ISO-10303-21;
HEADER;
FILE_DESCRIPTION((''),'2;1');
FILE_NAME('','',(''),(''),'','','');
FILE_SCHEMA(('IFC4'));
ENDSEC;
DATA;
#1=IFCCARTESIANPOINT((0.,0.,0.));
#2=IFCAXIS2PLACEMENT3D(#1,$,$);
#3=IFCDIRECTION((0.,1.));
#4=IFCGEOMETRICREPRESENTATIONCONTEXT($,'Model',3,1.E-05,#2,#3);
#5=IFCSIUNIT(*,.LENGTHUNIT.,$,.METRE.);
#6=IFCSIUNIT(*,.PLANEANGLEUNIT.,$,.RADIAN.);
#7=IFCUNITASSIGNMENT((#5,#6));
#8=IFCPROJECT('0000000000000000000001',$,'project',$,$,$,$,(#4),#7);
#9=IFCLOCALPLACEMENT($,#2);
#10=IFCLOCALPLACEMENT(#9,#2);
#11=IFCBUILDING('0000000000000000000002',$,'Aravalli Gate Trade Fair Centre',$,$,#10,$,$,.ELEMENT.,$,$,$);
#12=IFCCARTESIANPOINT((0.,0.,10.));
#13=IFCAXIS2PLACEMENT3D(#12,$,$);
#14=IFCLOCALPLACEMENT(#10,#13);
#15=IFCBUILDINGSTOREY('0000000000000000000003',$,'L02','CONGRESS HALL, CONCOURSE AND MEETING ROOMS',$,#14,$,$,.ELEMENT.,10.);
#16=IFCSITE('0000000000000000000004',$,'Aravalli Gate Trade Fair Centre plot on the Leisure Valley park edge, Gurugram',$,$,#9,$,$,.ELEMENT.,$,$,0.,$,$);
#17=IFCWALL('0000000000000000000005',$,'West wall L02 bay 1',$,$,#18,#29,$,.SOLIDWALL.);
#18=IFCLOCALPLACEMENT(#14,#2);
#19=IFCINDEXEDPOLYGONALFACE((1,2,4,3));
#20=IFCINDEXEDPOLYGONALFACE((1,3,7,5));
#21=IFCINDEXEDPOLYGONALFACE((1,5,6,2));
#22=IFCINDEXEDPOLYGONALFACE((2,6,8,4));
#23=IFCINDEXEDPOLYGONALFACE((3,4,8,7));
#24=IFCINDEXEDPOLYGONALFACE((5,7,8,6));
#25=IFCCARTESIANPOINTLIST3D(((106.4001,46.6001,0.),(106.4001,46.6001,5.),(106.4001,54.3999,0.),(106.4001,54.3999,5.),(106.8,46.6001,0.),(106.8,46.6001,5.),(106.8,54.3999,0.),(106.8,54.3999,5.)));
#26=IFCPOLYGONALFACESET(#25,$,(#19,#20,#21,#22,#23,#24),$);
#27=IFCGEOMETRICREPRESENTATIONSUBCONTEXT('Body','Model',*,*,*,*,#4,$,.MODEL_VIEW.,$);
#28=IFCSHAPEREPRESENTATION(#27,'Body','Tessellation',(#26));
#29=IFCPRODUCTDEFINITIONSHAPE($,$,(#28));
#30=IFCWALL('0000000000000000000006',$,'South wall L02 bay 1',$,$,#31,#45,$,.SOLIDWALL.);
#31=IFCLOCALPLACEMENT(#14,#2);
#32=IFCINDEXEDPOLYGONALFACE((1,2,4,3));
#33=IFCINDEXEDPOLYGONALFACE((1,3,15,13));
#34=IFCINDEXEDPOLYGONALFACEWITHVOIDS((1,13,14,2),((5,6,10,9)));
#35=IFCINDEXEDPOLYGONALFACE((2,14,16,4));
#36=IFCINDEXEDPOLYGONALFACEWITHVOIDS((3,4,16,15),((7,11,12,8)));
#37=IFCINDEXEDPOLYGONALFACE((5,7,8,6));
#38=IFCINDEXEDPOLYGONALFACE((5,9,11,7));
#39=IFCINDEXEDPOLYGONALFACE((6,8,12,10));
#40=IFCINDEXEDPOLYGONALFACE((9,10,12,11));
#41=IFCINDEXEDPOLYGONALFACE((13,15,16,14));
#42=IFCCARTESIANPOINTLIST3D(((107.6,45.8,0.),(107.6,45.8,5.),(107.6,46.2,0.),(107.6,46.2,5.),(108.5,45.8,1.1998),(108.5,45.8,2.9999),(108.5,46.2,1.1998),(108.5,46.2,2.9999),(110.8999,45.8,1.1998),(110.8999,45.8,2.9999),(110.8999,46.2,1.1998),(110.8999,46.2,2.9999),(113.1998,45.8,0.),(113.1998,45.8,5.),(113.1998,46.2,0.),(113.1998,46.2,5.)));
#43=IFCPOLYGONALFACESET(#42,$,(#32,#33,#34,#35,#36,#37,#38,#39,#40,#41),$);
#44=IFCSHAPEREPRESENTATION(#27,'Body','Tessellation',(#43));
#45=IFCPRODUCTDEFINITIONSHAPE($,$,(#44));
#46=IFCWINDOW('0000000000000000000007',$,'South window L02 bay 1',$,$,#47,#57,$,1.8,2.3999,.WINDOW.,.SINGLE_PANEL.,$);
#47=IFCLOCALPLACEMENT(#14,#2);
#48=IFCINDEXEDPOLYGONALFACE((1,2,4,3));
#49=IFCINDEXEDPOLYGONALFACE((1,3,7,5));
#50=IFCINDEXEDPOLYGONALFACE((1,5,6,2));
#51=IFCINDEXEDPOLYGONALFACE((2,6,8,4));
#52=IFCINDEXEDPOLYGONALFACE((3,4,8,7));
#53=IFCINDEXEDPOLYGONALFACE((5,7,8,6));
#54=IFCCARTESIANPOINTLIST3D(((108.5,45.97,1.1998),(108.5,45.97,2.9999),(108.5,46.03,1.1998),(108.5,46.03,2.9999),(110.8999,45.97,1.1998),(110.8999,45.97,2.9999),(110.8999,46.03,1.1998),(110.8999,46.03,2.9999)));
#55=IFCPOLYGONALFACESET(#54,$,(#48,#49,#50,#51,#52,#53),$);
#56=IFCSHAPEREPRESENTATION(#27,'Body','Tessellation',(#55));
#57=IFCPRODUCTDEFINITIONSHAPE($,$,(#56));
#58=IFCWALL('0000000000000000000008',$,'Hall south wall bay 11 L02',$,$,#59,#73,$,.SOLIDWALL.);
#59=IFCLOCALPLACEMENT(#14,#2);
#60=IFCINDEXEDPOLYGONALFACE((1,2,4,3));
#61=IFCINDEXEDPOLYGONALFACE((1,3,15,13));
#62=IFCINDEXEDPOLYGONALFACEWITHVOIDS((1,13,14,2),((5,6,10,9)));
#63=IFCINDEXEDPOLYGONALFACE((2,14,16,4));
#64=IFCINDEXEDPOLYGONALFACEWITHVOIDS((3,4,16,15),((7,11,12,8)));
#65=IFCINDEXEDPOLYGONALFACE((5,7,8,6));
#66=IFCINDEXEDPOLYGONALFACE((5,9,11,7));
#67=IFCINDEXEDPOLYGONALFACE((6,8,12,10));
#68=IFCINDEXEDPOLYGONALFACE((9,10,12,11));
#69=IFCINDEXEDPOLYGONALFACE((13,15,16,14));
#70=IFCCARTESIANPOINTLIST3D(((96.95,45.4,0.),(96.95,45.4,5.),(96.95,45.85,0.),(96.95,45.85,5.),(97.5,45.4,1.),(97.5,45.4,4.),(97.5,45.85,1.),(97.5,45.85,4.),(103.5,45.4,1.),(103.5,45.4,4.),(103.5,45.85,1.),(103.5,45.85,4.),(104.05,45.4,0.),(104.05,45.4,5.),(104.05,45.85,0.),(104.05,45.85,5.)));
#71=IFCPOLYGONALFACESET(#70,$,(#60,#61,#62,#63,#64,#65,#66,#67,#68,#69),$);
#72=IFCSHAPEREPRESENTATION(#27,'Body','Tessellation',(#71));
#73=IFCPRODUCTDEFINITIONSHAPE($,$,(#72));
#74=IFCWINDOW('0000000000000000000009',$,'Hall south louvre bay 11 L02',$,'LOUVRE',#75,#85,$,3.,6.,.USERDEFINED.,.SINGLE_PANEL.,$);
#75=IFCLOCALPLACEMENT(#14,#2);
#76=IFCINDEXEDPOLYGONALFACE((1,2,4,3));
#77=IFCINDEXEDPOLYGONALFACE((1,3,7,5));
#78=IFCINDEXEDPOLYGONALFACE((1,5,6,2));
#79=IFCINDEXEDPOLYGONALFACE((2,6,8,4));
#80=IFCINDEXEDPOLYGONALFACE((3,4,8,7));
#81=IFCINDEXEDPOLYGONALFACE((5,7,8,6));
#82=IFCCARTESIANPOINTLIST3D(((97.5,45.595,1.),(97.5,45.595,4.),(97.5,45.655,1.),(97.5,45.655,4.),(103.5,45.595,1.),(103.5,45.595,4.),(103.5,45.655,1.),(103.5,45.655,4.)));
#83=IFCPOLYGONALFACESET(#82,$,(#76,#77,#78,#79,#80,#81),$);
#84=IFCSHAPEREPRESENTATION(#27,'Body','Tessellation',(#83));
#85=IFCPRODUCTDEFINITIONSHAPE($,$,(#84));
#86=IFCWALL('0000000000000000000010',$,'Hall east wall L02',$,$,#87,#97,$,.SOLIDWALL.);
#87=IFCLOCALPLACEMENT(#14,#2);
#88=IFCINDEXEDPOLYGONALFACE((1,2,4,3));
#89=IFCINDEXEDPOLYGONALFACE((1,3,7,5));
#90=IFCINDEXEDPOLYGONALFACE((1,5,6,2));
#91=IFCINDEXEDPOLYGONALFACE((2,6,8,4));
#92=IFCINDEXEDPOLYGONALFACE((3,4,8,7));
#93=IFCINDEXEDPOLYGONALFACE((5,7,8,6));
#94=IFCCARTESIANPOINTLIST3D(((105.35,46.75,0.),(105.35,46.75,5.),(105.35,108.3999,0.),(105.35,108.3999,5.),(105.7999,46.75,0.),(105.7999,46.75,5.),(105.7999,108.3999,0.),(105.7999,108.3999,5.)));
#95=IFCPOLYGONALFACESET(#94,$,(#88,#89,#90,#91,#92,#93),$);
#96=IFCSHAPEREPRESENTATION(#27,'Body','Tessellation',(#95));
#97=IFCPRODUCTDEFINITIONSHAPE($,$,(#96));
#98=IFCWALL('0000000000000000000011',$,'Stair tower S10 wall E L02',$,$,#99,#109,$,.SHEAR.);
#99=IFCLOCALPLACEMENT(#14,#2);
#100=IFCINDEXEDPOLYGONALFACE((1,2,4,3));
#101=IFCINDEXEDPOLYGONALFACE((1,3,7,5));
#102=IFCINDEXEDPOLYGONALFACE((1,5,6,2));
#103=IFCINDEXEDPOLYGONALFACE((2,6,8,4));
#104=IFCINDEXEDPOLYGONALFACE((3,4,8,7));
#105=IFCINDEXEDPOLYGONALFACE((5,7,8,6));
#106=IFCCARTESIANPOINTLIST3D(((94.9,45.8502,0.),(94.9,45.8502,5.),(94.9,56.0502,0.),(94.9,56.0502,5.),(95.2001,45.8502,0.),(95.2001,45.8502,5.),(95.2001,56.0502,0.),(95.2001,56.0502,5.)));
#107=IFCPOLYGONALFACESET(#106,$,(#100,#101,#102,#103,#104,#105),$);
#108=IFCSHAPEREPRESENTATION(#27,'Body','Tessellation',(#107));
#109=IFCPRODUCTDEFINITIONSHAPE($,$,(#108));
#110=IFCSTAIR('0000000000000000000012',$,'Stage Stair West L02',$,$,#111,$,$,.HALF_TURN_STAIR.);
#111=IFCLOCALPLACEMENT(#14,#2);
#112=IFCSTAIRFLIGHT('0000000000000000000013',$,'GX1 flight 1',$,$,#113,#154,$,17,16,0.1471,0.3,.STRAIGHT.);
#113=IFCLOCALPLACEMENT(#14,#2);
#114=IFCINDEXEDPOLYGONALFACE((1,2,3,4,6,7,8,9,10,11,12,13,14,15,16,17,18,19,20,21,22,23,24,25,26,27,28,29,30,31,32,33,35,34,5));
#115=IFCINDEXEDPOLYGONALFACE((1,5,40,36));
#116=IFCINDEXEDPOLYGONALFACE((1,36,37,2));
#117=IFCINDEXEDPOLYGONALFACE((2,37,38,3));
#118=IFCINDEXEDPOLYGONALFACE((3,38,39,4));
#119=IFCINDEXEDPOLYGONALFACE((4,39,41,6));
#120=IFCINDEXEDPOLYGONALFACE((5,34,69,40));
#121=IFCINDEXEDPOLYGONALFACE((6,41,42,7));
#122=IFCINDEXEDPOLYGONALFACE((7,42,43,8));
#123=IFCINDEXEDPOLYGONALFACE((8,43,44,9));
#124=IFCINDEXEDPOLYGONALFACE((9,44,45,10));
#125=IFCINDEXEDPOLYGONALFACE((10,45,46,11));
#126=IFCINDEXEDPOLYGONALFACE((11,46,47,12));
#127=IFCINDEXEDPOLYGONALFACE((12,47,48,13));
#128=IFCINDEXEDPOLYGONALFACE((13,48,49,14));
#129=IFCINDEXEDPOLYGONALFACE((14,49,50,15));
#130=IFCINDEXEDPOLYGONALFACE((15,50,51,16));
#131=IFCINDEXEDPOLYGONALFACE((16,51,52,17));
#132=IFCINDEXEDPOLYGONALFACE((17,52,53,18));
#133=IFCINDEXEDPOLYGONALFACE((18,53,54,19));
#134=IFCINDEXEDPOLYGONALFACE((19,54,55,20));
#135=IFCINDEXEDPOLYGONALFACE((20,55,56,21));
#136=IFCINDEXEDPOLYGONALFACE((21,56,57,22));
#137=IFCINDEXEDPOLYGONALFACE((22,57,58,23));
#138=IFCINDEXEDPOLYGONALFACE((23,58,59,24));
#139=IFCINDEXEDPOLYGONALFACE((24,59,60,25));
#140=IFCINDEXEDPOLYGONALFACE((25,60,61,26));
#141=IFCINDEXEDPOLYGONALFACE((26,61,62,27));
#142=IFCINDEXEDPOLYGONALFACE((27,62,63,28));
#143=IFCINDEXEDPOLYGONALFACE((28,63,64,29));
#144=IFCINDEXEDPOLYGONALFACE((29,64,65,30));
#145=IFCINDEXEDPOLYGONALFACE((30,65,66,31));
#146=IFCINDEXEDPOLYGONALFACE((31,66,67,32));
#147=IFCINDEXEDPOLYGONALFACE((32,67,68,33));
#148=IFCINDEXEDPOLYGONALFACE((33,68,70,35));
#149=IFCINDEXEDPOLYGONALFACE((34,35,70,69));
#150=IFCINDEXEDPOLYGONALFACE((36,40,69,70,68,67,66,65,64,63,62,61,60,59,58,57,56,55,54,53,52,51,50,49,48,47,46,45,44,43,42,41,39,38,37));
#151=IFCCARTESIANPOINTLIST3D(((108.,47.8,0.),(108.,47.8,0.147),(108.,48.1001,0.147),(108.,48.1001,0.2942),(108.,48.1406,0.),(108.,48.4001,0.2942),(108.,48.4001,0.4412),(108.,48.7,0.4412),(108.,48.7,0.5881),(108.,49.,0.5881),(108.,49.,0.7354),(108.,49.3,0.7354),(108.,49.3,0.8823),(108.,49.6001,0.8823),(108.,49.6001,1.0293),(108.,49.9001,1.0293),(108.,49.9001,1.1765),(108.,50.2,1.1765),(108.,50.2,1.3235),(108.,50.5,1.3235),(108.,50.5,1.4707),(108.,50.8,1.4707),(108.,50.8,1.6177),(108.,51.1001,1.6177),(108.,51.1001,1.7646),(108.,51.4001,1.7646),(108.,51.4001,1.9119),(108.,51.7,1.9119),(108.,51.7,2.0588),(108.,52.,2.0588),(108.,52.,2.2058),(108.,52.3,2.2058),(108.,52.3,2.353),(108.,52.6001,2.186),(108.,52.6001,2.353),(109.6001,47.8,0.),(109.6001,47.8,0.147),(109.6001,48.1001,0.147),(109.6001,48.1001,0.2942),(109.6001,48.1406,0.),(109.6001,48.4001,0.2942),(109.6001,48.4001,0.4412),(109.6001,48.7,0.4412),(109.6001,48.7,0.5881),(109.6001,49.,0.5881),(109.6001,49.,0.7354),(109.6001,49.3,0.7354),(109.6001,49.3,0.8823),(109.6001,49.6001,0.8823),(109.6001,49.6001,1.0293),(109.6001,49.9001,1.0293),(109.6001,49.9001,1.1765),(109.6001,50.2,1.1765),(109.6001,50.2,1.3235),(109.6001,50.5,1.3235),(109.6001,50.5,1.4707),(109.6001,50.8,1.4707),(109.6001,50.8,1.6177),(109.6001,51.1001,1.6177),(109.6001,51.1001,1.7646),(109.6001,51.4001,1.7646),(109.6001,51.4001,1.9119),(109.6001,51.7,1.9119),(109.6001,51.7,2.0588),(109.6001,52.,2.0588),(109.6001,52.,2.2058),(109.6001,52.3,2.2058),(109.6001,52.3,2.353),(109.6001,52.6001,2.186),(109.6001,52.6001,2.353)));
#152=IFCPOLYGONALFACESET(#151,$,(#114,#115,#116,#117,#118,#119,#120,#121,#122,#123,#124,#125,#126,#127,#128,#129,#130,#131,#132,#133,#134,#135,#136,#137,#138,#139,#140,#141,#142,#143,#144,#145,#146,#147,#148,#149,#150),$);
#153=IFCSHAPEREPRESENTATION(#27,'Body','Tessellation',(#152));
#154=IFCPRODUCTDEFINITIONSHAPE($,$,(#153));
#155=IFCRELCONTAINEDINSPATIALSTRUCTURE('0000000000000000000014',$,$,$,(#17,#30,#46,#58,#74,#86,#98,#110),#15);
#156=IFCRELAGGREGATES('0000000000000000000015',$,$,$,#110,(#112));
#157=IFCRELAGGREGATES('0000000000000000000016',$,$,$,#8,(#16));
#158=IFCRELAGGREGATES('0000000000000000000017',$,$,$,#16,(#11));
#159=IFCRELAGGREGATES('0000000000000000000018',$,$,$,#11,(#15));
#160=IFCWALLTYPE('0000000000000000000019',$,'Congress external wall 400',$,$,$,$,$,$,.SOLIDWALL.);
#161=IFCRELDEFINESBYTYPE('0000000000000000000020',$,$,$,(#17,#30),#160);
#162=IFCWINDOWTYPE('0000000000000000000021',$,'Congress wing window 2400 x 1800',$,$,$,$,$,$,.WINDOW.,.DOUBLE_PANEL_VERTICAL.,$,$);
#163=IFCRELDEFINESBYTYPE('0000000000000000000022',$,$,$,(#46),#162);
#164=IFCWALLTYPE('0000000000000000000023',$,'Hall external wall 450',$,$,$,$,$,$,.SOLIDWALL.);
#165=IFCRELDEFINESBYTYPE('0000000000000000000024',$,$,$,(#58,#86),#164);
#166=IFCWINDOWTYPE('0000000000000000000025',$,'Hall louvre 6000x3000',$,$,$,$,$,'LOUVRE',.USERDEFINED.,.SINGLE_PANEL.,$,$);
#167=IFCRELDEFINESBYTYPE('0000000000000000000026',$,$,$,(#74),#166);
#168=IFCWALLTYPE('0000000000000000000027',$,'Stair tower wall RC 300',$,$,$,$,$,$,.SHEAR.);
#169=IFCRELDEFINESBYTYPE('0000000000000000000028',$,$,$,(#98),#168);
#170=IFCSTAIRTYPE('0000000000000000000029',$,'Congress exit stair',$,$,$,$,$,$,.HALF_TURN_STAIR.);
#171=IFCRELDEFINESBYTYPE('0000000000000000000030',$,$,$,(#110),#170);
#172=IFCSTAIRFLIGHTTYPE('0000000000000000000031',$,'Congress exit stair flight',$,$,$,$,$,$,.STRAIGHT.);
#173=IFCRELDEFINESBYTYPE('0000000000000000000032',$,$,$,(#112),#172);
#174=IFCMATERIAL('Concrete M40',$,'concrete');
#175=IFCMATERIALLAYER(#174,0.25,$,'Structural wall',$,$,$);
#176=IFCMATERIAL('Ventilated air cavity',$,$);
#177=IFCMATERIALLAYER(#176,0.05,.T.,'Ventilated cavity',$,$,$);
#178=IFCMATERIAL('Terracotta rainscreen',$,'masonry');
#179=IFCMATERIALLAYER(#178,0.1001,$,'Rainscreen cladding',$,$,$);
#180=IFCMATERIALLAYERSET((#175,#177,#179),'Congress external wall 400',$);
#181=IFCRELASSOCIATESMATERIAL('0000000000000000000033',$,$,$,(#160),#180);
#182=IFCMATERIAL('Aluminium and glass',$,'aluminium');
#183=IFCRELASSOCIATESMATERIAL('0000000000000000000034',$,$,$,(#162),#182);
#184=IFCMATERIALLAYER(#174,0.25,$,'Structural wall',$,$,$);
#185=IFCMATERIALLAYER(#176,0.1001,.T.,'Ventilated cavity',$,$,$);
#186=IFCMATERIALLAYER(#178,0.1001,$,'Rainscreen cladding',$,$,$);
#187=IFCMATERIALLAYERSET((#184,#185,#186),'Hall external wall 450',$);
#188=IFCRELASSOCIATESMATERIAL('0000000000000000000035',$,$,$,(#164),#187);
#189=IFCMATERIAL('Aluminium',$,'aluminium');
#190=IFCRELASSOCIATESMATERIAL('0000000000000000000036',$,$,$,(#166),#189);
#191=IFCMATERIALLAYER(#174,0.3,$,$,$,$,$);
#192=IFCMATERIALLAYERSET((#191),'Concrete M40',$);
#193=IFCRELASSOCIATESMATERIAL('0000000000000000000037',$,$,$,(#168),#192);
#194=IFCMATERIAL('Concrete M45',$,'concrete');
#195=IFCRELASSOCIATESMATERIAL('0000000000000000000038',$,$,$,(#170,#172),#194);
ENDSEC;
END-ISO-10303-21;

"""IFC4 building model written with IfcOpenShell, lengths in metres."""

from ifc_helpers import new_model, si_unit, direction, frame, frame_2d, origin, place, context, subcontext, project, spatial, polyline, rectangle, outline, extrude, material, layer, layer_set, type_object, element, fill, aggregate, save


model = new_model("IFC4")

# Units and contexts
model_context = context("Model", 3, precision=1e-05, world=origin(), true_north=direction((0.0, 1.0)))
body_context = subcontext(model_context, "Body", "Model", "MODEL_VIEW")
ifc_project = project(units=[si_unit("LENGTHUNIT", "METRE"), si_unit("PLANEANGLEUNIT", "RADIAN")], contexts=[model_context])

# Site, building, storey
site_placement = place(None, origin())
site = spatial("IfcSite", under=ifc_project, at=site_placement, Name="Aravalli Gate Trade Fair Centre plot on the Leisure Valley park edge, Gurugram", CompositionType="ELEMENT", RefElevation=0.0)
building_placement = place(site_placement, origin())
building = spatial("IfcBuilding", under=site, at=building_placement, Name="Aravalli Gate Trade Fair Centre", CompositionType="ELEMENT")
storey_placement = place(building_placement, frame((0.0, 0.0, 10.0)))
storey = spatial("IfcBuildingStorey", under=building, at=storey_placement, Name="L02", Description="CONGRESS HALL, CONCOURSE AND MEETING ROOMS", CompositionType="ELEMENT", Elevation=10.0)

# Shared definitions
ifc_material_1 = material(Name="Concrete M45", Category="concrete")

# Wall
ifc_material_2 = material(Name="Concrete M40", Category="concrete")
ifc_layer_1 = layer(ifc_material_2, 0.25, Name="Structural wall")
ifc_material_3 = material(Name="Ventilated air cavity")
ifc_layer_2 = layer(ifc_material_3, 0.05, ventilated=True, Name="Ventilated cavity")
ifc_material_4 = material(Name="Terracotta rainscreen", Category="masonry")
ifc_layer_3 = layer(ifc_material_4, 0.1001, Name="Rainscreen cladding")
ifc_layer_set_1 = layer_set([ifc_layer_1, ifc_layer_2, ifc_layer_3], Name="Congress external wall 400")
wall_type_1 = type_object("IfcWallType", Name="Congress external wall 400", PredefinedType="SOLIDWALL", material=ifc_layer_set_1)
wall_1_placement = place(storey_placement, frame((106.6001, 46.6001, 0.0), z_axis=(0.0, 0.0, 1.0), x_axis=(0.0, 1.0, 0.0)))
element("IfcWall", 1, at=wall_1_placement, inside=storey, type_object=wall_type_1, Name="West wall L02 bay 1", PredefinedType="SOLIDWALL", context=body_context, shape_type="SweptSolid", body=[
    extrude(rectangle(XDim=7.7998, YDim=0.3999, at=frame_2d((3.8999, 0.0))), origin(), (0.0, 0.0, 1.0), 5.0),
])

# Walls, openings, windows
wall_2_placement = place(storey_placement, frame((107.6001, 46.0, 0.0), z_axis=(0.0, 0.0, 1.0), x_axis=(1.0, 0.0, 0.0)))
wall_2 = element("IfcWall", 2, at=wall_2_placement, inside=storey, type_object=wall_type_1, Name="South wall L02 bay 1", PredefinedType="SOLIDWALL", context=body_context, shape_type="SweptSolid", body=[
    extrude(rectangle(XDim=5.5999, YDim=0.3999, at=frame_2d((2.7998, 0.0))), origin(), (0.0, 0.0, 1.0), 5.0),
])
opening_1_placement = place(wall_2_placement, frame((0.8999, 0.0, 1.2)))
opening_1 = element("IfcOpeningElement", 3, at=opening_1_placement, cuts=wall_2, PredefinedType="OPENING", context=body_context, shape_type="SweptSolid", body=[
    extrude(rectangle(XDim=2.3999, YDim=1.8, at=frame_2d((1.2, 0.8999))), frame((0.0, 0.21, 0.0), z_axis=(0.0, -1.0, 0.0), x_axis=(1.0, 0.0, 0.0)), (0.0, 0.0, 1.0), 0.4199),
])
ifc_material_5 = material(Name="Aluminium and glass", Category="aluminium")
window_type_1 = type_object("IfcWindowType", Name="Congress wing window 2400 x 1800", PartitioningType="DOUBLE_PANEL_VERTICAL", PredefinedType="WINDOW", material=ifc_material_5)
window_1_placement = place(opening_1_placement, origin())
window_1 = element("IfcWindow", 4, at=window_1_placement, inside=storey, type_object=window_type_1, Name="South window L02 bay 1", OverallHeight=1.8, OverallWidth=2.3999, PartitioningType="SINGLE_PANEL", PredefinedType="WINDOW", context=body_context, shape_type="SweptSolid", body=[
    extrude(rectangle(XDim=2.3999, YDim=1.8, at=frame_2d((1.2, 0.8999))), frame((0.0, 0.03, 0.0), z_axis=(0.0, -1.0, 0.0), x_axis=(1.0, 0.0, 0.0)), (0.0, 0.0, 1.0), 0.0601),
])
fill(opening_1, window_1)
ifc_layer_4 = layer(ifc_material_2, 0.25, Name="Structural wall")
ifc_layer_5 = layer(ifc_material_3, 0.1001, ventilated=True, Name="Ventilated cavity")
ifc_layer_6 = layer(ifc_material_4, 0.1001, Name="Rainscreen cladding")
ifc_layer_set_2 = layer_set([ifc_layer_4, ifc_layer_5, ifc_layer_6], Name="Hall external wall 450")
wall_type_2 = type_object("IfcWallType", Name="Hall external wall 450", PredefinedType="SOLIDWALL", material=ifc_layer_set_2)
wall_3_placement = place(storey_placement, frame((96.95, 45.625, 0.0), z_axis=(0.0, 0.0, 1.0), x_axis=(1.0, 0.0, 0.0)))
wall_3 = element("IfcWall", 5, at=wall_3_placement, inside=storey, type_object=wall_type_2, Name="Hall south wall bay 11 L02", PredefinedType="SOLIDWALL", context=body_context, shape_type="SweptSolid", body=[
    extrude(rectangle(XDim=7.1001, YDim=0.45, at=frame_2d((3.55, 0.0))), origin(), (0.0, 0.0, 1.0), 5.0),
])
opening_2_placement = place(wall_3_placement, frame((0.55, 0.0, 1.0)))
opening_2 = element("IfcOpeningElement", 6, at=opening_2_placement, cuts=wall_3, PredefinedType="OPENING", context=body_context, shape_type="SweptSolid", body=[
    extrude(rectangle(XDim=6.0, YDim=3.0, at=frame_2d((3.0, 1.5))), frame((0.0, 0.2349, 0.0), z_axis=(0.0, -1.0, 0.0), x_axis=(1.0, 0.0, 0.0)), (0.0, 0.0, 1.0), 0.47),
])
ifc_material_6 = material(Name="Aluminium", Category="aluminium")
window_type_2 = type_object("IfcWindowType", Name="Hall louvre 6000x3000", ElementType="LOUVRE", PartitioningType="SINGLE_PANEL", PredefinedType="USERDEFINED", material=ifc_material_6)
window_2_placement = place(opening_2_placement, origin())
window_2 = element("IfcWindow", 7, at=window_2_placement, inside=storey, type_object=window_type_2, Name="Hall south louvre bay 11 L02", ObjectType="LOUVRE", OverallHeight=3.0, OverallWidth=6.0, PartitioningType="SINGLE_PANEL", PredefinedType="USERDEFINED", context=body_context, shape_type="SweptSolid", body=[
    extrude(rectangle(XDim=6.0, YDim=3.0, at=frame_2d((3.0, 1.5))), frame((0.0, 0.03, 0.0), z_axis=(0.0, -1.0, 0.0), x_axis=(1.0, 0.0, 0.0)), (0.0, 0.0, 1.0), 0.0601),
])
fill(opening_2, window_2)

# Walls
wall_4_placement = place(storey_placement, frame((105.575, 46.75, 0.0), z_axis=(0.0, 0.0, 1.0), x_axis=(0.0, 1.0, 0.0)))
element("IfcWall", 8, at=wall_4_placement, inside=storey, type_object=wall_type_2, Name="Hall east wall L02", PredefinedType="SOLIDWALL", context=body_context, shape_type="SweptSolid", body=[
    extrude(rectangle(XDim=61.6499, YDim=0.45, at=frame_2d((30.825, 0.0))), origin(), (0.0, 0.0, 1.0), 5.0),
])
ifc_layer_7 = layer(ifc_material_2, 0.3)
ifc_layer_set_3 = layer_set([ifc_layer_7], Name="Concrete M40")
wall_type_3 = type_object("IfcWallType", Name="Stair tower wall RC 300", PredefinedType="SHEAR", material=ifc_layer_set_3)
wall_5_placement = place(storey_placement, frame((95.05, 45.8501, 0.0), z_axis=(0.0, 0.0, 1.0), x_axis=(0.0, 1.0, 0.0)))
element("IfcWall", 9, at=wall_5_placement, inside=storey, type_object=wall_type_3, Name="Stair tower S10 wall E L02", PredefinedType="SHEAR", context=body_context, shape_type="SweptSolid", body=[
    extrude(rectangle(XDim=10.2, YDim=0.3, at=frame_2d((5.1001, 0.0))), origin(), (0.0, 0.0, 1.0), 5.0),
])

# Stair, stair flight
stair_type = type_object("IfcStairType", Name="Congress exit stair", PredefinedType="HALF_TURN_STAIR", material=ifc_material_1)
stair_placement = place(storey_placement, origin())
stair = element("IfcStair", 10, at=stair_placement, inside=storey, type_object=stair_type, Name="Stage Stair West L02", PredefinedType="HALF_TURN_STAIR")
stair_flight_type = type_object("IfcStairFlightType", Name="Congress exit stair flight", PredefinedType="STRAIGHT", material=ifc_material_1)
stair_flight_placement = place(storey_placement, frame((108.8, 47.8, 0.0), z_axis=(0.0, 0.0, 1.0), x_axis=(0.0, 1.0, 0.0)))
stair_flight = element("IfcStairFlight", 11, at=stair_flight_placement, type_object=stair_flight_type, Name="GX1 flight 1", NumberOfRisers=17, NumberOfTreads=16, PredefinedType="STRAIGHT", RiserHeight=0.1471, TreadLength=0.3, context=body_context, shape_type="SweptSolid", body=[
    extrude(outline(polyline([(0.0, 0.0), (0.0, 0.147), (0.3, 0.147), (0.3, 0.2942), (0.6001, 0.2942), (0.6001, 0.4412), (0.8999, 0.4412), (0.8999, 0.5881), (1.2, 0.5881), (1.2, 0.7354), (1.5, 0.7354), (1.5, 0.8823), (1.8, 0.8823), (1.8, 1.0293), (2.1001, 1.0293), (2.1001, 1.1765), (2.3999, 1.1765), (2.3999, 1.3235), (2.7, 1.3235), (2.7, 1.4707), (3.0, 1.4707), (3.0, 1.6177), (3.3, 1.6177), (3.3, 1.7646), (3.6001, 1.7646), (3.6001, 1.9119), (3.8999, 1.9119), (3.8999, 2.0588), (4.2, 2.0588), (4.2, 2.2058), (4.5, 2.2058), (4.5, 2.353), (4.8, 2.353), (4.8, 2.5), (4.8, 2.186), (0.3406, 0.0), (0.0, 0.0)])), frame((0.0, 0.8, 0.0), z_axis=(0.0, -1.0, 0.0), x_axis=(1.0, 0.0, 0.0)), (0.0, 0.0, 1.0), 1.6001),
])
aggregate(stair, [stair_flight])

save(model, "model.ifc")
